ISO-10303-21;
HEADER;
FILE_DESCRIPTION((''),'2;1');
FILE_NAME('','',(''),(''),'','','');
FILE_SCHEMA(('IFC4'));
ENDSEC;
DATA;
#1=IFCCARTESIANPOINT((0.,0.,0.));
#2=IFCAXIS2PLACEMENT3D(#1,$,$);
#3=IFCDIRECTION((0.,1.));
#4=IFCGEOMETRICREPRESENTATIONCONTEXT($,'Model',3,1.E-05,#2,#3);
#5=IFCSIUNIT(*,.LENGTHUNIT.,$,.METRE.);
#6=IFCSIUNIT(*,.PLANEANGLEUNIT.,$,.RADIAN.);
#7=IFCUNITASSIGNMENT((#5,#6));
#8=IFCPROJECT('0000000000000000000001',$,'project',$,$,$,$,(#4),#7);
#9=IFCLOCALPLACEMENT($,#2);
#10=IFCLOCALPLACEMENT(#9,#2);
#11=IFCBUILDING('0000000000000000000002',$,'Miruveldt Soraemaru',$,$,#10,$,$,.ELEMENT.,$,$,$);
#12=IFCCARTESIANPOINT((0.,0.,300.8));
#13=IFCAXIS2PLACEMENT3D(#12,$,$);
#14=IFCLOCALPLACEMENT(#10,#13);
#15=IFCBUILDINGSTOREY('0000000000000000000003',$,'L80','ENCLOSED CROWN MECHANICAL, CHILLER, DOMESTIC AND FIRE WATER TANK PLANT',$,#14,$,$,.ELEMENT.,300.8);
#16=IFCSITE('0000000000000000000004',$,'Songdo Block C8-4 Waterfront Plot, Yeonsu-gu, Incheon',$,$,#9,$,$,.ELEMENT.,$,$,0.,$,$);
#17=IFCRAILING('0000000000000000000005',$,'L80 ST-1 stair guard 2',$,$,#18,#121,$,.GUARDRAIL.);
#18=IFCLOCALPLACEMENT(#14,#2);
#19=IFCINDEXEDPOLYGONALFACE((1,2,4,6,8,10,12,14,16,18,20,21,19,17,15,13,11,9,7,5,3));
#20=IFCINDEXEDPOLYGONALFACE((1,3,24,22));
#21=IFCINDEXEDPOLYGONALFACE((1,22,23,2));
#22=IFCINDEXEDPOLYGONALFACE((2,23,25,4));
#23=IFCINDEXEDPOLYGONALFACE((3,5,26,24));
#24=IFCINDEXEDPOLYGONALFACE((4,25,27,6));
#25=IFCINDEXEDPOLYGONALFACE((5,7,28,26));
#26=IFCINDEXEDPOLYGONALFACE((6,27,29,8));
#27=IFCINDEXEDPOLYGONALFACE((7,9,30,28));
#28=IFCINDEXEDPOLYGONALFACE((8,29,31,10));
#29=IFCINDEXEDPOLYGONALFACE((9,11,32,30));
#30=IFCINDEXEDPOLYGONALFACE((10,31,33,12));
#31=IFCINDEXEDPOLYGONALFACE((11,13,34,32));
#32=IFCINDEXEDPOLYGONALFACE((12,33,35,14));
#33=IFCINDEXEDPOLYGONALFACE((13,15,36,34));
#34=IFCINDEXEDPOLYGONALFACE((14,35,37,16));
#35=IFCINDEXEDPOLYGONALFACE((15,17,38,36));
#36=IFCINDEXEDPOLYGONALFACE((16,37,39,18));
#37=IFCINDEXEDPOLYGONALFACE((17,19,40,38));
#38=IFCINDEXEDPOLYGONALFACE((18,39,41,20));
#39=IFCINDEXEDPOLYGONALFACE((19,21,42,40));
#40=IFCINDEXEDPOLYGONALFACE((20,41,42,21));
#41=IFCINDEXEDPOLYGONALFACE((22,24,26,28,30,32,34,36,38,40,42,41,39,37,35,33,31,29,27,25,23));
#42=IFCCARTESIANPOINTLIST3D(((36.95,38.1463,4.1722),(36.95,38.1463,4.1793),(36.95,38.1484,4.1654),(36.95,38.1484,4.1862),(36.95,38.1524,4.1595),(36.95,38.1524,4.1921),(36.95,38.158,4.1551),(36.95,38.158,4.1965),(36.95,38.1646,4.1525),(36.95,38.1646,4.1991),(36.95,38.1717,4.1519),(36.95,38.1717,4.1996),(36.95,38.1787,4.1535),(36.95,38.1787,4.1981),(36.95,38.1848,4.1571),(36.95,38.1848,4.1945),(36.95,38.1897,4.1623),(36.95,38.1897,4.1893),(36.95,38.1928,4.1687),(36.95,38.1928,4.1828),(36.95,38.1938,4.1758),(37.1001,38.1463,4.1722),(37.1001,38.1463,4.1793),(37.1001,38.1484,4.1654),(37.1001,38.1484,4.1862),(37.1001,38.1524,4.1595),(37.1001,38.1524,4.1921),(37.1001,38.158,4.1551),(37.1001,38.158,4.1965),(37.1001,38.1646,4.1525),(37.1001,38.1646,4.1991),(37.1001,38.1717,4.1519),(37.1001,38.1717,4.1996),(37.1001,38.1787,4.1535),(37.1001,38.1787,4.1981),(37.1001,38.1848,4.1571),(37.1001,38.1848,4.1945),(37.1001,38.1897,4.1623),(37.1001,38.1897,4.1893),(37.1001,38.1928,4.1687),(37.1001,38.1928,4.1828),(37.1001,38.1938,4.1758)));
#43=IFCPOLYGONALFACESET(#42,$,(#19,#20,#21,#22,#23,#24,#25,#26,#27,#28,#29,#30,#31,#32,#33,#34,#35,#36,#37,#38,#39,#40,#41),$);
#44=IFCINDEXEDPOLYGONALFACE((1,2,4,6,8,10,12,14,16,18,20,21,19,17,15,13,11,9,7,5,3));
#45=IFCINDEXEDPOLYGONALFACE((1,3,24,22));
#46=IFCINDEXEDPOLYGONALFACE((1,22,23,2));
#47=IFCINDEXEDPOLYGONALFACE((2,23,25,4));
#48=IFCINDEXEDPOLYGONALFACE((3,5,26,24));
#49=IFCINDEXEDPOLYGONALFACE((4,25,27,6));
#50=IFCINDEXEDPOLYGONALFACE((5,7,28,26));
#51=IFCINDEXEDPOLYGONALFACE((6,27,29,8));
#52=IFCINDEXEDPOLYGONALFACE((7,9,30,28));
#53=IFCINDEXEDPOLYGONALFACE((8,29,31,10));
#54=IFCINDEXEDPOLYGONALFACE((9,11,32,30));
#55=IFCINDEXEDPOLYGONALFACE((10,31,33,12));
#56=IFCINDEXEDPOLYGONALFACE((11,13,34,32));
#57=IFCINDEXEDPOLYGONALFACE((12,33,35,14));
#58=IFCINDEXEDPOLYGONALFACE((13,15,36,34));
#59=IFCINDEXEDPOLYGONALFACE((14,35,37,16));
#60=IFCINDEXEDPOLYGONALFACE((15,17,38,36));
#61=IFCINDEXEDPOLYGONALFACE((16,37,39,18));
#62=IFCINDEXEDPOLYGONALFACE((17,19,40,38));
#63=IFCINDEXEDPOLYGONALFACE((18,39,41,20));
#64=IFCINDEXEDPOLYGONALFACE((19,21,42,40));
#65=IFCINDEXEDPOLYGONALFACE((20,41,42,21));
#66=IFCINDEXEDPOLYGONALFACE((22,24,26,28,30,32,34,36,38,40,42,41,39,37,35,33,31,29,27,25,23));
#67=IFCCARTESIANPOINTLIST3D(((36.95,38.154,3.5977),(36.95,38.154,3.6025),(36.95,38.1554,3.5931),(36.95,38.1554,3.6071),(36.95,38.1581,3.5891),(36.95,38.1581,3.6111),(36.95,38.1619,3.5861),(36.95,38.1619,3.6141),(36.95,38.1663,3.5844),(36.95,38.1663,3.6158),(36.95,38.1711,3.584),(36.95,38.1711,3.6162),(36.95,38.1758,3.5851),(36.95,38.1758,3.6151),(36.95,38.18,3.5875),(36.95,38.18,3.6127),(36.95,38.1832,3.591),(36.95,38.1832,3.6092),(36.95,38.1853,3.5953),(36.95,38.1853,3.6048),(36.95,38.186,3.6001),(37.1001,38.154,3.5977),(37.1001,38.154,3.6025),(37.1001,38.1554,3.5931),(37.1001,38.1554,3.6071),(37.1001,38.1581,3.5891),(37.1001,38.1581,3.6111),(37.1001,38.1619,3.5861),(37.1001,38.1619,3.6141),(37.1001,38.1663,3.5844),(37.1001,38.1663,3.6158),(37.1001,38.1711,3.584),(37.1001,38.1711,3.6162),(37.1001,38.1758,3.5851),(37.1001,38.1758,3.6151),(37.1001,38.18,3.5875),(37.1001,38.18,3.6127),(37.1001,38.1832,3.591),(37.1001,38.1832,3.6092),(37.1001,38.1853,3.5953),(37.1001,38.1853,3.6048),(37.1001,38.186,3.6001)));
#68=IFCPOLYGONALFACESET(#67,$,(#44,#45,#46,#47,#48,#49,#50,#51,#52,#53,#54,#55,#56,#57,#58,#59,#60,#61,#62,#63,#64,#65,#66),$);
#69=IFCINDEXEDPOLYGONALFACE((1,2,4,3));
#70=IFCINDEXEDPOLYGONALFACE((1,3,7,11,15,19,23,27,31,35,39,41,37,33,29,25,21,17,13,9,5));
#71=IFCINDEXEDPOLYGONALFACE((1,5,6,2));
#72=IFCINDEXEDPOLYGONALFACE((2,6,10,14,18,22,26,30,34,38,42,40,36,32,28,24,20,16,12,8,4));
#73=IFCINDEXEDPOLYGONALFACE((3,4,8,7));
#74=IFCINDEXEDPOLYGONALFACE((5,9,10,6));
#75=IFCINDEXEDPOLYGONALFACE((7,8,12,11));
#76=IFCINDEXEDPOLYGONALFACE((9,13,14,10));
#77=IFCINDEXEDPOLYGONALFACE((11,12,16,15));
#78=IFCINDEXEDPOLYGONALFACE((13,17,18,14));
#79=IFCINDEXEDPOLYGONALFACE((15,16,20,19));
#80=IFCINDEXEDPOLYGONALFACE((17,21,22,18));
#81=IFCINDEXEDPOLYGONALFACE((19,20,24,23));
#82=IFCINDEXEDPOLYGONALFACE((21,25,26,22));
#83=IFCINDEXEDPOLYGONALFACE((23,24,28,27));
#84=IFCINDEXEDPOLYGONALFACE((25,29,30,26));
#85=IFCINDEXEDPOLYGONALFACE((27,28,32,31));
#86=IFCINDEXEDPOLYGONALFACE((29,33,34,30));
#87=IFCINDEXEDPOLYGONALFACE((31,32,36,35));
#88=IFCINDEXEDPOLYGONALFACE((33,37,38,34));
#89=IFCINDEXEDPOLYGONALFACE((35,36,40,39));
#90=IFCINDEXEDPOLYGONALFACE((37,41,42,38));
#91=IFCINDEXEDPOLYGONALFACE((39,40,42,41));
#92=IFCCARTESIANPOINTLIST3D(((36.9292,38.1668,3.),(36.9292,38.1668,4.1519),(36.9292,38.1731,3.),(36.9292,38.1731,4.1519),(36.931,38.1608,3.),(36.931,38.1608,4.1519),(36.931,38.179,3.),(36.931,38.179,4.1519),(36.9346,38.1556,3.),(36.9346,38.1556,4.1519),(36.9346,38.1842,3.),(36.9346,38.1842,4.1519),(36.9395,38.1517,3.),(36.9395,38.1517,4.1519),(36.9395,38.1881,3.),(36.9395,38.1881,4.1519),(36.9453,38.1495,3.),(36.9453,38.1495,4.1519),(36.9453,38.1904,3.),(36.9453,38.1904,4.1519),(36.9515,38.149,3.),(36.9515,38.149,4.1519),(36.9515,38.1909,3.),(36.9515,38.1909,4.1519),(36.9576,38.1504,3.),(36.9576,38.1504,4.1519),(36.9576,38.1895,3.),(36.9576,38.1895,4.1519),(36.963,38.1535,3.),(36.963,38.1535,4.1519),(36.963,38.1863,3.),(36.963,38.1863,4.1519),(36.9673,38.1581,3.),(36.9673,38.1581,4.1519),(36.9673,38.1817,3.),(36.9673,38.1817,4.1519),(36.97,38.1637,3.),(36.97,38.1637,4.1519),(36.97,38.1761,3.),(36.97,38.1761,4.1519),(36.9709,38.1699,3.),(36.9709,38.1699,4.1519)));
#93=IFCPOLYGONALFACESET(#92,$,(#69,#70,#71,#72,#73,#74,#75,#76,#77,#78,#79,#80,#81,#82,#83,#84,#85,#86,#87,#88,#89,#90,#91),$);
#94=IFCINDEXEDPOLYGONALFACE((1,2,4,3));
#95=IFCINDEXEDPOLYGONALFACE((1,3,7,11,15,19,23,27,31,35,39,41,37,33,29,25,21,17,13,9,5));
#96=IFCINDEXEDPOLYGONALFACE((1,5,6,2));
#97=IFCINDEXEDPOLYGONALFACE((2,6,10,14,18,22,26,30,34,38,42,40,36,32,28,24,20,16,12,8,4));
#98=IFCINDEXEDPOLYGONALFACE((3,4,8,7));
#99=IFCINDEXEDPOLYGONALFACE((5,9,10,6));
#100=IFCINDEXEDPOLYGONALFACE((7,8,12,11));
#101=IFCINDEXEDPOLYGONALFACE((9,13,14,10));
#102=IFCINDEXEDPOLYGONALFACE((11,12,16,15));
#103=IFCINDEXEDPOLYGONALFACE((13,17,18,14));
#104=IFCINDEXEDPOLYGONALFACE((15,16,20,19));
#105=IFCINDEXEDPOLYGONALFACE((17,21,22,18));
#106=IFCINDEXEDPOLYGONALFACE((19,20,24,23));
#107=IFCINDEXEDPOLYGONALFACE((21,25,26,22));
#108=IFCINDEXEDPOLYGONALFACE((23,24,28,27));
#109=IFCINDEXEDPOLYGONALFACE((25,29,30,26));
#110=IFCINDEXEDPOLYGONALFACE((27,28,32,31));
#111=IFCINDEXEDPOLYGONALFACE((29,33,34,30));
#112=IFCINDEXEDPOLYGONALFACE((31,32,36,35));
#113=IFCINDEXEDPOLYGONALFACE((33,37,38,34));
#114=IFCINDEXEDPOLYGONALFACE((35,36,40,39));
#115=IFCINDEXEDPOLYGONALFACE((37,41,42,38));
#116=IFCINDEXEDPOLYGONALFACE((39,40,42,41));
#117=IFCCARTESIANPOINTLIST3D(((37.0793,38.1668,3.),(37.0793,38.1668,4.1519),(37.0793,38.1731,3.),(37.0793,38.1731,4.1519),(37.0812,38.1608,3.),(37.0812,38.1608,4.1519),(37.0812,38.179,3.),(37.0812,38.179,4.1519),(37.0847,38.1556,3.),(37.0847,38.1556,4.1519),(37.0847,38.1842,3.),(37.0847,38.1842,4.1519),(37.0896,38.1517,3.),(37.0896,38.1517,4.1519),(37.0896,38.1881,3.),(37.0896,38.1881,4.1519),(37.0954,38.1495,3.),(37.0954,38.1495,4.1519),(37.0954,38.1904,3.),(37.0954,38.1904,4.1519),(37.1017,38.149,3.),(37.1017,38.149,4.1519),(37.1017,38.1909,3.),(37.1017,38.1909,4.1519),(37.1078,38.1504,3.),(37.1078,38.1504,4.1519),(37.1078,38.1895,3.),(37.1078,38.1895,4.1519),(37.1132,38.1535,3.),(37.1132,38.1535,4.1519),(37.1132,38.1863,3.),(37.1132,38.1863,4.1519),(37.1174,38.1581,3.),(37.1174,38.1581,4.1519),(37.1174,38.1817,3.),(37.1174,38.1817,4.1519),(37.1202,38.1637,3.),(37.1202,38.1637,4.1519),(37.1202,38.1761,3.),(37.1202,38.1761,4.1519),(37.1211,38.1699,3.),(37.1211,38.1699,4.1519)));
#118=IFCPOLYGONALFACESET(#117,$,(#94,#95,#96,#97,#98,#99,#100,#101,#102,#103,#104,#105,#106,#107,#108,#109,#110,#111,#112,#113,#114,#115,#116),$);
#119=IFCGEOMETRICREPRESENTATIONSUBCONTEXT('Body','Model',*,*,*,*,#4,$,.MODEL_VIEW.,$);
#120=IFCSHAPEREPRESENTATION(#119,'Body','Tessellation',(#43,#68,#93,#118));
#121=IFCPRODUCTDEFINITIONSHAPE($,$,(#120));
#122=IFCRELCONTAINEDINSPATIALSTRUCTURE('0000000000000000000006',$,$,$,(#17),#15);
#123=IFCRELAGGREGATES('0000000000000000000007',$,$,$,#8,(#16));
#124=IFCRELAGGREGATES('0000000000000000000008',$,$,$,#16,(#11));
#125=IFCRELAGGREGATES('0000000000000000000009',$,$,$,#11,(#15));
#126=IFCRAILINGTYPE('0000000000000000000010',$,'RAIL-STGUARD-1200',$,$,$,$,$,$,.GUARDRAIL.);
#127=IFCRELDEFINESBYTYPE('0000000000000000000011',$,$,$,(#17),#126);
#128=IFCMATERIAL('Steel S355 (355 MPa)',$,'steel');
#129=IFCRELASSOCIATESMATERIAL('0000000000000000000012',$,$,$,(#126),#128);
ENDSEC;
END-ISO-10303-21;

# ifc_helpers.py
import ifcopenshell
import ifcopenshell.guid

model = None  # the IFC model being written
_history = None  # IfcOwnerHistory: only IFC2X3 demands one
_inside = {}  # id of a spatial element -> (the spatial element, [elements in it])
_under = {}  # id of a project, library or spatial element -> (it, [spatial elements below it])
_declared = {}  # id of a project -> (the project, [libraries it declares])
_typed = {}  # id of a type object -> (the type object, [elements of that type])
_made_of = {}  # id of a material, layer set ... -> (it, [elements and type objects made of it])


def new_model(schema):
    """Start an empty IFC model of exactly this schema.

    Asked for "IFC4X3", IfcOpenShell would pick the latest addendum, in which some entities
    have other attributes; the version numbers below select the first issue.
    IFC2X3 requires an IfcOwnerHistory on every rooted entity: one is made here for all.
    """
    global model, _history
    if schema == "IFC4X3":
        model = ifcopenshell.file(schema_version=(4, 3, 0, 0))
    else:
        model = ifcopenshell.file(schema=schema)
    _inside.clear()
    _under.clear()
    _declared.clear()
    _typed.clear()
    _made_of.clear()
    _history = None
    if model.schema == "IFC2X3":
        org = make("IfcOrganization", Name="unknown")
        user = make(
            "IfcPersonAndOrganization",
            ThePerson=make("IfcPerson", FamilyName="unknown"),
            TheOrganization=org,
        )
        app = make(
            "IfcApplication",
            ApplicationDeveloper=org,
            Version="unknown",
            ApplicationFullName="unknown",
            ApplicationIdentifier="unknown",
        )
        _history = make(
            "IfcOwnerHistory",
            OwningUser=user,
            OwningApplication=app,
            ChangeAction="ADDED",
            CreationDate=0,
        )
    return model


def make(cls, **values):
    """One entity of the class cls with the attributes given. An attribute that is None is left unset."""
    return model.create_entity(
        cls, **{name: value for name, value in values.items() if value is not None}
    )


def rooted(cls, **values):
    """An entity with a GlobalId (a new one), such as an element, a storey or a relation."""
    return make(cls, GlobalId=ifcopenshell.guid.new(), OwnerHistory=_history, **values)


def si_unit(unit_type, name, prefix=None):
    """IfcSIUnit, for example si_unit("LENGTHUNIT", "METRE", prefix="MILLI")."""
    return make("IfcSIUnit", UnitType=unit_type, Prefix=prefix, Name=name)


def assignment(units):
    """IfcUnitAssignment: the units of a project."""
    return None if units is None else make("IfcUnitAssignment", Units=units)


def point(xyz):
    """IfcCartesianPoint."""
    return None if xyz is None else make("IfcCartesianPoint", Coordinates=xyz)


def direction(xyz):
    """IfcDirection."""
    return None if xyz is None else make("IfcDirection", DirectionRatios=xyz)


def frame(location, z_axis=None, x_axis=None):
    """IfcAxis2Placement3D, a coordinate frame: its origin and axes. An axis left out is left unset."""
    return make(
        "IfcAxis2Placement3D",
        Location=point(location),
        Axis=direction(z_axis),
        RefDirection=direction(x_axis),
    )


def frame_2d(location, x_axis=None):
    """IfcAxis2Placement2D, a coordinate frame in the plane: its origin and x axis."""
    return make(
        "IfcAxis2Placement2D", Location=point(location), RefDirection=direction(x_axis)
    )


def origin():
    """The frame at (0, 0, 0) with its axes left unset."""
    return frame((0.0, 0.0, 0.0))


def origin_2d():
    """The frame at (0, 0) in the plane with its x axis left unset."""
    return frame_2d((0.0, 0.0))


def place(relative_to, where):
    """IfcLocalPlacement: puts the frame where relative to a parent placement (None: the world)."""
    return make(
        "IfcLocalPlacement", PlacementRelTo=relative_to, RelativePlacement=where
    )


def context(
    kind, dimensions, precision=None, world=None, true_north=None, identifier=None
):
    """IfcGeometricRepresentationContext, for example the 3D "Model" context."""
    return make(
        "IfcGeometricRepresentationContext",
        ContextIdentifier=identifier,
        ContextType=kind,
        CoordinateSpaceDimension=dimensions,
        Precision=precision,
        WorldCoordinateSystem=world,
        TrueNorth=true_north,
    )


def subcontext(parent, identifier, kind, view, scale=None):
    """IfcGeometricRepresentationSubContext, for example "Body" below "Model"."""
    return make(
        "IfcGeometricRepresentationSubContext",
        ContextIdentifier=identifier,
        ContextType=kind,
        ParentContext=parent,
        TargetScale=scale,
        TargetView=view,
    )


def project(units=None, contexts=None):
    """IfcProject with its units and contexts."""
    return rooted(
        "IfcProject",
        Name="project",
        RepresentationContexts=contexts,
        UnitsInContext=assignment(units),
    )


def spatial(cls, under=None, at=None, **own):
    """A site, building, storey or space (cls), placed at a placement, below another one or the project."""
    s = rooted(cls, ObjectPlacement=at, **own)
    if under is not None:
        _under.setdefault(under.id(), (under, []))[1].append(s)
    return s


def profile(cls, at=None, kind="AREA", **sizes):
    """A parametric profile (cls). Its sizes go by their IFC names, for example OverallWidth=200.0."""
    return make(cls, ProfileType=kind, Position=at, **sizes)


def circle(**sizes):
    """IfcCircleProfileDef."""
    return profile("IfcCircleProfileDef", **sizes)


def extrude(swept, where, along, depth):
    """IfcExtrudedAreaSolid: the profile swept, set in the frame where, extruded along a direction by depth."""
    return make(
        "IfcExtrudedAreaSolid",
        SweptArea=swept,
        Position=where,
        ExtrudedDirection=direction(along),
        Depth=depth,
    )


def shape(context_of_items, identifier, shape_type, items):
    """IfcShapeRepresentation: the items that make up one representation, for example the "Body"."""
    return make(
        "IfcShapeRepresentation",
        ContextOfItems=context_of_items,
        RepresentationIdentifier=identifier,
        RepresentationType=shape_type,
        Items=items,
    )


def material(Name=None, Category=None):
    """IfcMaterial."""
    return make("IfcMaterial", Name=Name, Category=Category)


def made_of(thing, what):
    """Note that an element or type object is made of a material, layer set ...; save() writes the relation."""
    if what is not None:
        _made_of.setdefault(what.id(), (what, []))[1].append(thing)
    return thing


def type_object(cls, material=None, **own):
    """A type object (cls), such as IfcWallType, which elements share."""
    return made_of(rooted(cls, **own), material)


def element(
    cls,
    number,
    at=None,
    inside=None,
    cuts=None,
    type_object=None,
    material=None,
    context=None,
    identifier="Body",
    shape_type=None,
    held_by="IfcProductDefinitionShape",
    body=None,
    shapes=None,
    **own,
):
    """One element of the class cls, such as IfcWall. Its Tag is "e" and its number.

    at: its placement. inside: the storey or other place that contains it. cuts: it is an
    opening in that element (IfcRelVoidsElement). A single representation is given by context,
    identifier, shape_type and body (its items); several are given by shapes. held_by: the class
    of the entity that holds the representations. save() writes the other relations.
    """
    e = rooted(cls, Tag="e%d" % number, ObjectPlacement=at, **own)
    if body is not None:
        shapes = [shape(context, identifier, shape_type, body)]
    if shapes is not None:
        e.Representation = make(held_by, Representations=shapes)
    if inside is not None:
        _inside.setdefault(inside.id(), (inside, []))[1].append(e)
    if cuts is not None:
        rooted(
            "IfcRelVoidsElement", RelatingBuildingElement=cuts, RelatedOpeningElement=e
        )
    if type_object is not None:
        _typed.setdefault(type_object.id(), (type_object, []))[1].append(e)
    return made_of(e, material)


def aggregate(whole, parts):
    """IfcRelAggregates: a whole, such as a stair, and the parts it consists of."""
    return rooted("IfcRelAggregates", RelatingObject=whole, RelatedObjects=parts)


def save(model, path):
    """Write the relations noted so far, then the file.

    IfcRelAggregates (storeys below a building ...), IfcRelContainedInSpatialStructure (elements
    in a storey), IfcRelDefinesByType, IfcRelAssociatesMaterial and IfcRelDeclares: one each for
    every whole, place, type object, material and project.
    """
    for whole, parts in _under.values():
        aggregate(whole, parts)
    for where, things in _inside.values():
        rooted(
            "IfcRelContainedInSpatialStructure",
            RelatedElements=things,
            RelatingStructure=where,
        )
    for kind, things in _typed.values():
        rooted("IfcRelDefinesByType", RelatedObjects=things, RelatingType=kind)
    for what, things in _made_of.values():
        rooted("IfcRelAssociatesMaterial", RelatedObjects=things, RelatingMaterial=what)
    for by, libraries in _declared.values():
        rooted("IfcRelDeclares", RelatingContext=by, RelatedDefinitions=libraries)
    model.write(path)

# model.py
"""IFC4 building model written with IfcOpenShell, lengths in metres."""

from ifc_helpers import new_model, si_unit, direction, frame, origin, origin_2d, place, context, subcontext, project, spatial, circle, extrude, material, type_object, element, save


model = new_model("IFC4")

# Units and contexts
model_context = context("Model", 3, precision=1e-05, world=origin(), true_north=direction((0.0, 1.0)))
body_context = subcontext(model_context, "Body", "Model", "MODEL_VIEW")
ifc_project = project(units=[si_unit("LENGTHUNIT", "METRE"), si_unit("PLANEANGLEUNIT", "RADIAN")], contexts=[model_context])

# Site, building, storey
site_placement = place(None, origin())
site = spatial("IfcSite", under=ifc_project, at=site_placement, Name="Songdo Block C8-4 Waterfront Plot, Yeonsu-gu, Incheon", CompositionType="ELEMENT", RefElevation=0.0)
building_placement = place(site_placement, origin())
building = spatial("IfcBuilding", under=site, at=building_placement, Name="Miruveldt Soraemaru", CompositionType="ELEMENT")
storey_placement = place(building_placement, frame((0.0, 0.0, 300.8)))
storey = spatial("IfcBuildingStorey", under=building, at=storey_placement, Name="L80", Description="ENCLOSED CROWN MECHANICAL, CHILLER, DOMESTIC AND FIRE WATER TANK PLANT", CompositionType="ELEMENT", Elevation=300.8)

# Railing
ifc_material_1 = material(Name="Steel S355 (355 MPa)", Category="steel")
railing_type_1 = type_object("IfcRailingType", Name="RAIL-STGUARD-1200", PredefinedType="GUARDRAIL", material=ifc_material_1)
railing_1_placement = place(storey_placement, frame((36.95, 38.1699, 3.0)))
element("IfcRailing", 1, at=railing_1_placement, inside=storey, type_object=railing_type_1, Name="L80 ST-1 stair guard 2", PredefinedType="GUARDRAIL", context=body_context, shape_type="SweptSolid", body=[
    extrude(circle(Radius=0.0239, at=origin_2d()), frame((0.0, 0.0, 1.1758), z_axis=(1.0, 0.0, 0.0), x_axis=(0.0, 1.0, 0.0)), (0.0, 0.0, 1.0), 0.1501),
    extrude(circle(Radius=0.0161, at=origin_2d()), frame((0.0, 0.0, 0.6001), z_axis=(1.0, 0.0, 0.0), x_axis=(0.0, 1.0, 0.0)), (0.0, 0.0, 1.0), 0.1501),
    extrude(circle(Radius=0.021, at=origin_2d()), origin(), (0.0, 0.0, 1.0), 1.1519),
    extrude(circle(Radius=0.021, at=origin_2d()), frame((0.1501, 0.0, 0.0)), (0.0, 0.0, 1.0), 1.1519),
])

save(model, "model.ifc")
